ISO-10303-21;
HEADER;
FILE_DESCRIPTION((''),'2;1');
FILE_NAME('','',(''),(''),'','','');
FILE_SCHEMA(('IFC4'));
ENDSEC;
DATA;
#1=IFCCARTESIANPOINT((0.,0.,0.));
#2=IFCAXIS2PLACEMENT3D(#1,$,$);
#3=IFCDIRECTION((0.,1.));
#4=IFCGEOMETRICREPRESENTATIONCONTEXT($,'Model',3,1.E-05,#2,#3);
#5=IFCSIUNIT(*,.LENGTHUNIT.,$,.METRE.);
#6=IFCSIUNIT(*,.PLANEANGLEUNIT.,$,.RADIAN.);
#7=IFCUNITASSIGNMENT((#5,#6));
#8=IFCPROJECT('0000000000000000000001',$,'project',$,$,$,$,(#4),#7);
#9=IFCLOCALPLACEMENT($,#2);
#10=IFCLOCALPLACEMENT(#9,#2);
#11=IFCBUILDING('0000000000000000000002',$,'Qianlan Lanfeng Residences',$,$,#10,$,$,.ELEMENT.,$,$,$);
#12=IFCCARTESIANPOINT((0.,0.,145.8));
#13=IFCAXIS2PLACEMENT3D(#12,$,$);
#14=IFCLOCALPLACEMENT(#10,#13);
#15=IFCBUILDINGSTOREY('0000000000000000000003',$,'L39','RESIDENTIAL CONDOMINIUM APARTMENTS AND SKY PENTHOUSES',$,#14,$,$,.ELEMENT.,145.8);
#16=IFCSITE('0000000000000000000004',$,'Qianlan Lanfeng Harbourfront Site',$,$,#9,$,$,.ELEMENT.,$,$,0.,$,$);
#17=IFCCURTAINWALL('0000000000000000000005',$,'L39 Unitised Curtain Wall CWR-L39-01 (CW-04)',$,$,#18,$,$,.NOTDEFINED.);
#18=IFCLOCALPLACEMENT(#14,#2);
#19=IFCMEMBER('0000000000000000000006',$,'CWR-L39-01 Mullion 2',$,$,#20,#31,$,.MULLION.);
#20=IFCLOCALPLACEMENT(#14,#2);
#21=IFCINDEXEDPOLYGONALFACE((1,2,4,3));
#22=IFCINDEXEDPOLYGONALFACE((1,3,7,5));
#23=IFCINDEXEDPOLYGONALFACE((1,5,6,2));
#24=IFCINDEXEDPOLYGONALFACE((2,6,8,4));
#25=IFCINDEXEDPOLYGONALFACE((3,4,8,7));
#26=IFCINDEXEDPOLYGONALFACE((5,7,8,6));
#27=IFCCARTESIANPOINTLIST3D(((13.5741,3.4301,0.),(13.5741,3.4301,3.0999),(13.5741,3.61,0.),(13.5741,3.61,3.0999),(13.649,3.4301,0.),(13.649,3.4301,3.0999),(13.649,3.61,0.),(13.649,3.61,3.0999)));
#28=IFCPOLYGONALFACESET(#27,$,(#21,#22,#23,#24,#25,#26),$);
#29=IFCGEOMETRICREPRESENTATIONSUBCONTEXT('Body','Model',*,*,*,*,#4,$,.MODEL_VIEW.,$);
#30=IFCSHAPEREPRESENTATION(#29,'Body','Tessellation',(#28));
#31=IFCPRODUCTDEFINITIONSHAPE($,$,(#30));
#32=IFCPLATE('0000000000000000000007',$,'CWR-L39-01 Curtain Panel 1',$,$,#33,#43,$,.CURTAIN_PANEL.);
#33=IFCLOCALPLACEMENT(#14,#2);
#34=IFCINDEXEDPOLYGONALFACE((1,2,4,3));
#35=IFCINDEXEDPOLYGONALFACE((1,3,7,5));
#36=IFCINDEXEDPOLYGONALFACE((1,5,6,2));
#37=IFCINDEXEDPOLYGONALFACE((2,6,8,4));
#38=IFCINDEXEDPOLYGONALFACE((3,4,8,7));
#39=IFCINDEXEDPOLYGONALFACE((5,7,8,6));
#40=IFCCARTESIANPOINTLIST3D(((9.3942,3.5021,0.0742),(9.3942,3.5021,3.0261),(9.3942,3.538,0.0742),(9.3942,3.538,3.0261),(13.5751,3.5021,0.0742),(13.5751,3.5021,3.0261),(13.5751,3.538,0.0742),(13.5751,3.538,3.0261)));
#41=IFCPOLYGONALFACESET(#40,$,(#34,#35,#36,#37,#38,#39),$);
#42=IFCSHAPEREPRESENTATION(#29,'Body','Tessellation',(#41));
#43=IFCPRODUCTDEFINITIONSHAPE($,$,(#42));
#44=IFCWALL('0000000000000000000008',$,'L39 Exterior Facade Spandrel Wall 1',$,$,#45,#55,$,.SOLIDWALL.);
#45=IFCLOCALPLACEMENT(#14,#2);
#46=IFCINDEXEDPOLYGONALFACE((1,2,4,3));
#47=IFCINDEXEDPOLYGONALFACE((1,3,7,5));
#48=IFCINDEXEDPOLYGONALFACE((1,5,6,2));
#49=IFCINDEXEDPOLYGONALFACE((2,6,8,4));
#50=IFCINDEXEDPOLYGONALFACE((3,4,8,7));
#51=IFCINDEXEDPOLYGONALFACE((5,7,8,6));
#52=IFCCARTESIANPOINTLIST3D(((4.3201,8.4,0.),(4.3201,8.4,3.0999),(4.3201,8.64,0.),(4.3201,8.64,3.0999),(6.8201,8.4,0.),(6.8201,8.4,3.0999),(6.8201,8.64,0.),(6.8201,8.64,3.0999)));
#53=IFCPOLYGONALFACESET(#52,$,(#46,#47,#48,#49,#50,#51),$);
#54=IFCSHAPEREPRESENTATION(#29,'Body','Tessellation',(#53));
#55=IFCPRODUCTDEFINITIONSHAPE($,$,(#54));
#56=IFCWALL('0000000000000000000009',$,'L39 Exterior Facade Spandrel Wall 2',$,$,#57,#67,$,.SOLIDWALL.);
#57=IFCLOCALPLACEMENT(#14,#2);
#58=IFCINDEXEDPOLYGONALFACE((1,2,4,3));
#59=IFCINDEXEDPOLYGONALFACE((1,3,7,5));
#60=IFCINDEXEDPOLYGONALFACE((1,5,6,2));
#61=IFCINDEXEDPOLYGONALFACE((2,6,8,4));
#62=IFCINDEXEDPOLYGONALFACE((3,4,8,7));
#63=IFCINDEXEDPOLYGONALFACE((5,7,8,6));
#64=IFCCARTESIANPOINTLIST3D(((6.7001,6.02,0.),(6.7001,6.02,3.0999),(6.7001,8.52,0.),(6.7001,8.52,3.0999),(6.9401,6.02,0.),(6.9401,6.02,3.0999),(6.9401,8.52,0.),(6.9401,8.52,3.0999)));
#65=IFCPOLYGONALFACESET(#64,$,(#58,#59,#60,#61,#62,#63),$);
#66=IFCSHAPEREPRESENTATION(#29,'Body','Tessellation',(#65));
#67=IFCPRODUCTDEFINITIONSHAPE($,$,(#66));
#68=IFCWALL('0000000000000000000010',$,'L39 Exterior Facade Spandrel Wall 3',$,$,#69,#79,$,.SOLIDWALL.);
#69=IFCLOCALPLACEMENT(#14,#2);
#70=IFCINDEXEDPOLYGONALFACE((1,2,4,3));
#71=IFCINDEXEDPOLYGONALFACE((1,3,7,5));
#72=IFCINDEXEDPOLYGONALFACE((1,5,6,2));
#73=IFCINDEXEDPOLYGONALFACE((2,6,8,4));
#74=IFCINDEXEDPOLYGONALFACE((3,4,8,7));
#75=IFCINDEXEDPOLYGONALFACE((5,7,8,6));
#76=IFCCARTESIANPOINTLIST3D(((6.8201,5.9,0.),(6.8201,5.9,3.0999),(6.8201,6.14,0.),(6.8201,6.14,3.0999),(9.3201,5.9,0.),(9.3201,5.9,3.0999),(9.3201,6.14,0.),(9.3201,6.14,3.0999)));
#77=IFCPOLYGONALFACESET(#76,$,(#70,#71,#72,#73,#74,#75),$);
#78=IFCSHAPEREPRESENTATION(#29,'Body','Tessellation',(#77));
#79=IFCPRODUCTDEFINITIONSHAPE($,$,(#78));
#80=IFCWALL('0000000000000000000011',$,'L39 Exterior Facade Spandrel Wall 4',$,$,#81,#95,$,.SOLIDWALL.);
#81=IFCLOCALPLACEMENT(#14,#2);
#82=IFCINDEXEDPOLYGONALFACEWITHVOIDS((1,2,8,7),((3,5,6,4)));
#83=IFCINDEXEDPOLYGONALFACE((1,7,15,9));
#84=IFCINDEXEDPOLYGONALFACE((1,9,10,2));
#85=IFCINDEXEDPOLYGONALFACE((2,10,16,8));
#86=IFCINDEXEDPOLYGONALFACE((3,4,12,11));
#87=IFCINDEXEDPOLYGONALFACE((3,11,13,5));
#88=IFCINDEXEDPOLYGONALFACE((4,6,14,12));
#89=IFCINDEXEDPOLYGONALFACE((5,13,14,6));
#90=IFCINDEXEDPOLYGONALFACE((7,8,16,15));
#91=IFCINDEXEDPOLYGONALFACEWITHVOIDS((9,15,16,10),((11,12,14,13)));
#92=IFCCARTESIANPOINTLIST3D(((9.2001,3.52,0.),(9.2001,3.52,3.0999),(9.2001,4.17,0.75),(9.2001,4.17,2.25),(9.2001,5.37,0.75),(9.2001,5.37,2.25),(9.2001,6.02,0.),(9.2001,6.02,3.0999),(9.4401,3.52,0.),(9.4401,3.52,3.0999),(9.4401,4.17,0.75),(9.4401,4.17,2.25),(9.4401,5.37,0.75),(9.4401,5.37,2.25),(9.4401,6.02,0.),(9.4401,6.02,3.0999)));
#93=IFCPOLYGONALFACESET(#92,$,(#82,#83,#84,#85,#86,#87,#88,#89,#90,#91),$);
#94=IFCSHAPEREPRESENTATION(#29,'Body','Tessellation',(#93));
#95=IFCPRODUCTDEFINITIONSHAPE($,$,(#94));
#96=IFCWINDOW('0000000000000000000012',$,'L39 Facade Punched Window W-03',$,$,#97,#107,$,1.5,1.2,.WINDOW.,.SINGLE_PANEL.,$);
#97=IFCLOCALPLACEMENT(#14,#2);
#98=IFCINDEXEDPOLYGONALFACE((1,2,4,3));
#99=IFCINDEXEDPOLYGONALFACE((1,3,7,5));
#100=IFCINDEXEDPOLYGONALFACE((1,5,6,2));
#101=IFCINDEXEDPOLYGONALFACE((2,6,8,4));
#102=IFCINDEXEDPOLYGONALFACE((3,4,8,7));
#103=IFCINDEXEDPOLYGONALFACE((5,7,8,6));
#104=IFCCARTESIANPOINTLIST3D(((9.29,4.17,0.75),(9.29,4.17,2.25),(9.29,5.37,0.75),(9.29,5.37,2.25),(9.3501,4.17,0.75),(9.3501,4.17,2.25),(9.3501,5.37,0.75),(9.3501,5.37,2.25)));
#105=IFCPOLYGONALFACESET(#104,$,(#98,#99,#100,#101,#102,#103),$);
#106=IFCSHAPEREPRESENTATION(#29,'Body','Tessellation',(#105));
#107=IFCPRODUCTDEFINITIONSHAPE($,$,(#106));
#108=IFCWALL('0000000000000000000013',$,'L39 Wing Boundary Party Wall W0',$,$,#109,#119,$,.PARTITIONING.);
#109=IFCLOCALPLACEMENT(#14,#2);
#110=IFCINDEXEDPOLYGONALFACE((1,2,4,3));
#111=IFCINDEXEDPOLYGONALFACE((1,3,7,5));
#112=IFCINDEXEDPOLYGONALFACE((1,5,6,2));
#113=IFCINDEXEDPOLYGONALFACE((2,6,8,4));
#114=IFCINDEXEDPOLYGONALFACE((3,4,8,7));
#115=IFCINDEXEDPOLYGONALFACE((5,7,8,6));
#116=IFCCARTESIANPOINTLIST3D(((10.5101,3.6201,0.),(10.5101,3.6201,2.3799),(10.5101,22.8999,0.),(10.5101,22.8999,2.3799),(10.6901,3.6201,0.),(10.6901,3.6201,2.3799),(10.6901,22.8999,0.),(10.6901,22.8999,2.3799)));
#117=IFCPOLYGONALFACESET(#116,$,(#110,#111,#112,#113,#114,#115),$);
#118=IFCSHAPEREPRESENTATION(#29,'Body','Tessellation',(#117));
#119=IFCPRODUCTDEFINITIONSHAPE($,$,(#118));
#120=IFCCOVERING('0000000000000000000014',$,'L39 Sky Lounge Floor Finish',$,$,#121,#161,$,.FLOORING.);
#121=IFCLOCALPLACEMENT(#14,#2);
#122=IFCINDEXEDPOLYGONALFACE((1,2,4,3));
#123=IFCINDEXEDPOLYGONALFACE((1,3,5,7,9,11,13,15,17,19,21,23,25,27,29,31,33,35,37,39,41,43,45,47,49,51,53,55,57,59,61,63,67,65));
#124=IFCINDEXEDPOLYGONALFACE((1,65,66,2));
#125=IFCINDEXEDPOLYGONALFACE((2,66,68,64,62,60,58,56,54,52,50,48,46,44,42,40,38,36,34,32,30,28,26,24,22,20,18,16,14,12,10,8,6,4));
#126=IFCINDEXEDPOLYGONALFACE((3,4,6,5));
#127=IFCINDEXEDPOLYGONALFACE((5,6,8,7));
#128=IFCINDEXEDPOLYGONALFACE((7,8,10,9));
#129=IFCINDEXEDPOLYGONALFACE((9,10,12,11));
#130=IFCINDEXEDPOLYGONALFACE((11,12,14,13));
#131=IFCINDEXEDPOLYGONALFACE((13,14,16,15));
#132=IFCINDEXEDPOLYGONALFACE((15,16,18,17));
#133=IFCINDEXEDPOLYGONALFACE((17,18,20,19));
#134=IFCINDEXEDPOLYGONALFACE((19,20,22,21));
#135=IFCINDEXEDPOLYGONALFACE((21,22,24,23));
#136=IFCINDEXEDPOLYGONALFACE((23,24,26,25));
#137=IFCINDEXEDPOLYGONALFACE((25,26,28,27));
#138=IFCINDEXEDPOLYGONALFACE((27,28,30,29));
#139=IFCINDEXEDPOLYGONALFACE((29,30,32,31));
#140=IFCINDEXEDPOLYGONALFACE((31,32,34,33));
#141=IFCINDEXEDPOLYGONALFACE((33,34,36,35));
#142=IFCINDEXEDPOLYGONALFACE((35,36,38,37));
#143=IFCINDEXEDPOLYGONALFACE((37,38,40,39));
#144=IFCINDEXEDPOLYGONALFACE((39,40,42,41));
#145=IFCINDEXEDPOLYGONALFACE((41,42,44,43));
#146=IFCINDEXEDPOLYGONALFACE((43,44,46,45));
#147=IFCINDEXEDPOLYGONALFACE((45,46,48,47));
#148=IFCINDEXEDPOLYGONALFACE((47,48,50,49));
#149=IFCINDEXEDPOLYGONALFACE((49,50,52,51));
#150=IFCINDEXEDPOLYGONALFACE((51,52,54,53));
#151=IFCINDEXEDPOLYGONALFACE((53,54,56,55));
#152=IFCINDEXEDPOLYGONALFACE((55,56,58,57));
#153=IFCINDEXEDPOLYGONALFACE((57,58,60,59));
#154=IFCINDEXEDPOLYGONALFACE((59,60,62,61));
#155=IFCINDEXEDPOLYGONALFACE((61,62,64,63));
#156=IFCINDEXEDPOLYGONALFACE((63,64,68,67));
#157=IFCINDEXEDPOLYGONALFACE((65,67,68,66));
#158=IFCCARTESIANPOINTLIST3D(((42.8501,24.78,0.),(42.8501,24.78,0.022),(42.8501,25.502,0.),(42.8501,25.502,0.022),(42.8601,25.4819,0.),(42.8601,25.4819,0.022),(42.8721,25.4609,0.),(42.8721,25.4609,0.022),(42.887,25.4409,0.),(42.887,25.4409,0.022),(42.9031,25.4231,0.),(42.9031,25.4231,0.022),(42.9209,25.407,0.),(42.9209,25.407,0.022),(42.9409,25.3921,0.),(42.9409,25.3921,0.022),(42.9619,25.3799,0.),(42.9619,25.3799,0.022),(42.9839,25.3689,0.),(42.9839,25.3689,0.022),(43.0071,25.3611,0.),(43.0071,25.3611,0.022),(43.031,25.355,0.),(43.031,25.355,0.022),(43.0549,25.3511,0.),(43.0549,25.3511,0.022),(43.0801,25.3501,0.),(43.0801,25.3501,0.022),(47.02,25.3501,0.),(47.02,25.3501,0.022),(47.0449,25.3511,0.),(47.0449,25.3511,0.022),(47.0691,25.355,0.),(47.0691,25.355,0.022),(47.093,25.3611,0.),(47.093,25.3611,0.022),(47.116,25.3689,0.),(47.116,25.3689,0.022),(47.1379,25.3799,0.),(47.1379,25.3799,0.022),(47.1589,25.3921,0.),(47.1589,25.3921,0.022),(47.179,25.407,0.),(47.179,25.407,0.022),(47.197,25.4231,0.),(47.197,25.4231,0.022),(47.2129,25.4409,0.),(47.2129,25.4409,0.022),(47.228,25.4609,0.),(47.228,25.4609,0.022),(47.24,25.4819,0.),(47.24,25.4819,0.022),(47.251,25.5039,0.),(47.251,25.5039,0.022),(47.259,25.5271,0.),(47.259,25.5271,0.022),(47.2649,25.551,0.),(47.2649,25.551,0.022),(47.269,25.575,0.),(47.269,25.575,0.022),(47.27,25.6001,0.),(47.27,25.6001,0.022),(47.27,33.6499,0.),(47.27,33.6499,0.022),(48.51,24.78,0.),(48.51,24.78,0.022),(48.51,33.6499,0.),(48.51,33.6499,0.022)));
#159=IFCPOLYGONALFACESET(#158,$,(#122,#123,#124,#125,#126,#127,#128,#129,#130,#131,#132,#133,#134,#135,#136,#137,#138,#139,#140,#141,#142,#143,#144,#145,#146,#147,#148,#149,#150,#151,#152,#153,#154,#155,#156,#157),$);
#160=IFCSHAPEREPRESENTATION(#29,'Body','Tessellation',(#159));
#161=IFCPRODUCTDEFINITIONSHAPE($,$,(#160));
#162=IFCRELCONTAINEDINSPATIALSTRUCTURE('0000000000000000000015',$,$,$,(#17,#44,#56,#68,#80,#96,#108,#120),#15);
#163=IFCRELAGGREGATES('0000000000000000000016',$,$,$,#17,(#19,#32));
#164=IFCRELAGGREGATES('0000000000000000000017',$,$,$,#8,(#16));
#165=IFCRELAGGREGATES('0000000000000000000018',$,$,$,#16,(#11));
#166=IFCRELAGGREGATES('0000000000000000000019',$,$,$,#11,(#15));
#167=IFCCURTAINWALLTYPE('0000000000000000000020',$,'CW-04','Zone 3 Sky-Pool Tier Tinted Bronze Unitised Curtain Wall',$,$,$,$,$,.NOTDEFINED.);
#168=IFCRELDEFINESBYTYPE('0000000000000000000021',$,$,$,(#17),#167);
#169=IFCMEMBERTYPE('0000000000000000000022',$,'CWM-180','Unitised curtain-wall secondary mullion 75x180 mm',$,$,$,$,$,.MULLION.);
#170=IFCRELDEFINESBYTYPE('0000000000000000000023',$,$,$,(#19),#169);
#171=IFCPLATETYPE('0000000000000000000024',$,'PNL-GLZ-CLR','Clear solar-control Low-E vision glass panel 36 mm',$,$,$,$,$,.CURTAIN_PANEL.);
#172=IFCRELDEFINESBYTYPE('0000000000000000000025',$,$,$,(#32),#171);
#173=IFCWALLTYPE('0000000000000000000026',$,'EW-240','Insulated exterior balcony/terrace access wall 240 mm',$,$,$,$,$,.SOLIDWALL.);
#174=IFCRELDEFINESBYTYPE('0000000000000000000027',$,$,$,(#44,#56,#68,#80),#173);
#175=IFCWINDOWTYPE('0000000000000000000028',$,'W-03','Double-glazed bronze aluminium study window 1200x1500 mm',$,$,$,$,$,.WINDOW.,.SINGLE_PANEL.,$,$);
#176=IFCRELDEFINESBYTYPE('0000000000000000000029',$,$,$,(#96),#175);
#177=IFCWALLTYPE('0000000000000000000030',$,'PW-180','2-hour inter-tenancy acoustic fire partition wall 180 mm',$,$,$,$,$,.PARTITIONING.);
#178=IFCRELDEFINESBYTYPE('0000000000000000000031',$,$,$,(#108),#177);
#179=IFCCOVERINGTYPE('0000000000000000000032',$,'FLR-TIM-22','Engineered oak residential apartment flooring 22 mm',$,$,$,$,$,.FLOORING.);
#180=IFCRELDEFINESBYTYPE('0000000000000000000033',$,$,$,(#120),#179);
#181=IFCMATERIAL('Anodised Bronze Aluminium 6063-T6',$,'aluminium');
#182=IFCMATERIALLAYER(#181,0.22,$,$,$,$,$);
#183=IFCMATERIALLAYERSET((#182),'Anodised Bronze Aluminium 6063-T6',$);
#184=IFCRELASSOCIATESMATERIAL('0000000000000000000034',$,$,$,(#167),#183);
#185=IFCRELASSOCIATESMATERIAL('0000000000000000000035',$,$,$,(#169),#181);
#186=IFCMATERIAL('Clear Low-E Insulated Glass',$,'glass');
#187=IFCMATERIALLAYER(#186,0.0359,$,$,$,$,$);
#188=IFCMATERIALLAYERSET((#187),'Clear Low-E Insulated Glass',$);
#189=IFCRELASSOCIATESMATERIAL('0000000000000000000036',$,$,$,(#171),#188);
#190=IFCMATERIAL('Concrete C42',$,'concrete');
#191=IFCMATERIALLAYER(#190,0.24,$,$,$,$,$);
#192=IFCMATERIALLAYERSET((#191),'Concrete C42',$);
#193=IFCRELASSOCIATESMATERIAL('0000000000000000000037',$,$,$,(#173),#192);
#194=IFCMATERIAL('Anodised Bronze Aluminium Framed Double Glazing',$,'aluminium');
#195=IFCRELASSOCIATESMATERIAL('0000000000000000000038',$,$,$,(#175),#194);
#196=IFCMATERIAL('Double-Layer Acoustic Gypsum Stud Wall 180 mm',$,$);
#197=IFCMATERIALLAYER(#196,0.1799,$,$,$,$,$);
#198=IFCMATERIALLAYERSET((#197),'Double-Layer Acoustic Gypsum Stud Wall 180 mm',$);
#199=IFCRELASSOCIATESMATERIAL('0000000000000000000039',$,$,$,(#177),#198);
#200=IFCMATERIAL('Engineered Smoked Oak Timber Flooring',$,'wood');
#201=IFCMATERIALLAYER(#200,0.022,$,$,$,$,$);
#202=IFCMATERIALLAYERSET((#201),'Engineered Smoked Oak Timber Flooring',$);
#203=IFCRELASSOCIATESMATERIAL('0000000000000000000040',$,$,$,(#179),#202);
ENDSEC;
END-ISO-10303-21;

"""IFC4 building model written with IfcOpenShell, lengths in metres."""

from ifc_helpers import new_model, si_unit, direction, frame, frame_2d, origin, origin_2d, place, context, subcontext, project, spatial, polyline, rectangle, outline, extrude, source, transform, mapped, material, layer, layer_set, material_profile, profile_set, type_object, element, fill, aggregate, save


model = new_model("IFC4")

# Units and contexts
model_context = context("Model", 3, precision=1e-05, world=origin(), true_north=direction((0.0, 1.0)))
body_context = subcontext(model_context, "Body", "Model", "MODEL_VIEW")
ifc_project = project(units=[si_unit("LENGTHUNIT", "METRE"), si_unit("PLANEANGLEUNIT", "RADIAN")], contexts=[model_context])

# Site, building, storey
site_placement = place(None, origin())
site = spatial("IfcSite", under=ifc_project, at=site_placement, Name="Qianlan Lanfeng Harbourfront Site", CompositionType="ELEMENT", RefElevation=0.0)
building_placement = place(site_placement, origin())
building = spatial("IfcBuilding", under=site, at=building_placement, Name="Qianlan Lanfeng Residences", CompositionType="ELEMENT")
storey_placement = place(building_placement, frame((0.0, 0.0, 145.8)))
storey = spatial("IfcBuildingStorey", under=building, at=storey_placement, Name="L39", Description="RESIDENTIAL CONDOMINIUM APARTMENTS AND SKY PENTHOUSES", CompositionType="ELEMENT", Elevation=145.8)

# Curtain wall, member, plate
ifc_material_1 = material(Name="Anodised Bronze Aluminium 6063-T6", Category="aluminium")
ifc_layer_1 = layer(ifc_material_1, 0.22)
ifc_layer_set_1 = layer_set([ifc_layer_1], Name="Anodised Bronze Aluminium 6063-T6")
curtain_wall_type = type_object("IfcCurtainWallType", Name="CW-04", Description="Zone 3 Sky-Pool Tier Tinted Bronze Unitised Curtain Wall", PredefinedType="NOTDEFINED", material=ifc_layer_set_1)
curtain_wall_placement = place(storey_placement, origin())
curtain_wall = element("IfcCurtainWall", 1, at=curtain_wall_placement, inside=storey, type_object=curtain_wall_type, Name="L39 Unitised Curtain Wall CWR-L39-01 (CW-04)", PredefinedType="NOTDEFINED")
ifc_material_profile_1 = material_profile(ifc_material_1, rectangle(XDim=0.075, YDim=0.1799, at=origin_2d()), Name="ALU MULLION 75x180")
ifc_profile_set_1 = profile_set([ifc_material_profile_1], Name="Anodised Bronze Aluminium 6063-T6")
member_type_1 = type_object("IfcMemberType", Name="CWM-180", Description="Unitised curtain-wall secondary mullion 75x180 mm", PredefinedType="MULLION", material=ifc_profile_set_1)
shared_shape_1 = source(origin(), body_context, "Body", "SweptSolid", [
    extrude(rectangle(XDim=0.075, YDim=0.1799, at=origin_2d()), origin(), (0.0, 0.0, 1.0), 3.0999),
])
member_1_placement = place(storey_placement, frame((13.6116, 3.52, 0.0), z_axis=(0.0, 0.0, 1.0), x_axis=(1.0, 0.0, 0.0)))
member_1 = element("IfcMember", 2, at=member_1_placement, type_object=member_type_1, Name="CWR-L39-01 Mullion 2", PredefinedType="MULLION", context=body_context, shape_type="MappedRepresentation", body=[
    mapped(shared_shape_1, transform((0.0, 0.0, 0.0), scale=1.0)),
])
ifc_material_2 = material(Name="Clear Low-E Insulated Glass", Category="glass")
ifc_layer_2 = layer(ifc_material_2, 0.0359)
ifc_layer_set_2 = layer_set([ifc_layer_2], Name="Clear Low-E Insulated Glass")
plate_type = type_object("IfcPlateType", Name="PNL-GLZ-CLR", Description="Clear solar-control Low-E vision glass panel 36 mm", PredefinedType="CURTAIN_PANEL", material=ifc_layer_set_2)
shared_shape_2 = source(origin(), body_context, "Body", "SweptSolid", [
    extrude(rectangle(XDim=4.1809, YDim=0.0359, at=origin_2d()), origin(), (0.0, 0.0, 1.0), 2.9519),
])
plate_placement = place(storey_placement, frame((11.4846, 3.52, 0.0742), z_axis=(0.0, 0.0, 1.0), x_axis=(1.0, 0.0, 0.0)))
plate = element("IfcPlate", 3, at=plate_placement, type_object=plate_type, Name="CWR-L39-01 Curtain Panel 1", PredefinedType="CURTAIN_PANEL", context=body_context, shape_type="MappedRepresentation", body=[
    mapped(shared_shape_2, transform((0.0, 0.0, 0.0), scale=1.0)),
])
aggregate(curtain_wall, [member_1, plate])

# Walls
ifc_material_3 = material(Name="Concrete C42", Category="concrete")
ifc_layer_3 = layer(ifc_material_3, 0.24)
ifc_layer_set_3 = layer_set([ifc_layer_3], Name="Concrete C42")
wall_type_1 = type_object("IfcWallType", Name="EW-240", Description="Insulated exterior balcony/terrace access wall 240 mm", PredefinedType="SOLIDWALL", material=ifc_layer_set_3)
for number, where, z_axis, x_axis, name in (
    (4, (4.3201, 8.52, 0.0), (0.0, 0.0, 1.0), (1.0, 0.0, 0.0), "L39 Exterior Facade Spandrel Wall 1"),
    (5, (6.8201, 8.52, 0.0), (0.0, 0.0, 1.0), (0.0, -1.0, 0.0), "L39 Exterior Facade Spandrel Wall 2"),
    (6, (6.8201, 6.02, 0.0), (0.0, 0.0, 1.0), (1.0, 0.0, 0.0), "L39 Exterior Facade Spandrel Wall 3"),
):
    element("IfcWall", number, at=place(storey_placement, frame(where, z_axis=z_axis, x_axis=x_axis)), inside=storey, type_object=wall_type_1, Name=name, PredefinedType="SOLIDWALL", context=body_context, shape_type="SweptSolid", body=[
        extrude(rectangle(XDim=2.5, YDim=0.24, at=frame_2d((1.25, 0.0))), origin(), (0.0, 0.0, 1.0), 3.0999),
    ])

# Wall, opening, window
wall_1_placement = place(storey_placement, frame((9.3201, 6.02, 0.0), z_axis=(0.0, 0.0, 1.0), x_axis=(0.0, -1.0, 0.0)))
wall_1 = element("IfcWall", 7, at=wall_1_placement, inside=storey, type_object=wall_type_1, Name="L39 Exterior Facade Spandrel Wall 4", PredefinedType="SOLIDWALL", context=body_context, shape_type="SweptSolid", body=[
    extrude(rectangle(XDim=2.5, YDim=0.24, at=frame_2d((1.25, 0.0))), origin(), (0.0, 0.0, 1.0), 3.0999),
])
opening_placement = place(wall_1_placement, frame((0.6499, 0.0, 0.75)))
opening = element("IfcOpeningElement", 8, at=opening_placement, cuts=wall_1, PredefinedType="OPENING", context=body_context, shape_type="SweptSolid", body=[
    extrude(rectangle(XDim=1.2, YDim=1.5, at=frame_2d((0.6001, 0.75))), frame((0.0, 0.1299, 0.0), z_axis=(0.0, -1.0, 0.0), x_axis=(1.0, 0.0, 0.0)), (0.0, 0.0, 1.0), 0.26),
])
ifc_material_4 = material(Name="Anodised Bronze Aluminium Framed Double Glazing", Category="aluminium")
window_type = type_object("IfcWindowType", Name="W-03", Description="Double-glazed bronze aluminium study window 1200x1500 mm", PartitioningType="SINGLE_PANEL", PredefinedType="WINDOW", material=ifc_material_4)
window_placement = place(opening_placement, origin())
window = element("IfcWindow", 9, at=window_placement, inside=storey, type_object=window_type, Name="L39 Facade Punched Window W-03", OverallHeight=1.5, OverallWidth=1.2, PartitioningType="SINGLE_PANEL", PredefinedType="WINDOW", context=body_context, shape_type="SweptSolid", body=[
    extrude(rectangle(XDim=1.2, YDim=1.5, at=frame_2d((0.6001, 0.75))), frame((0.0, 0.03, 0.0), z_axis=(0.0, -1.0, 0.0), x_axis=(1.0, 0.0, 0.0)), (0.0, 0.0, 1.0), 0.0601),
])
fill(opening, window)

# Wall
ifc_material_5 = material(Name="Double-Layer Acoustic Gypsum Stud Wall 180 mm")
ifc_layer_4 = layer(ifc_material_5, 0.1799)
ifc_layer_set_4 = layer_set([ifc_layer_4], Name="Double-Layer Acoustic Gypsum Stud Wall 180 mm")
wall_type_2 = type_object("IfcWallType", Name="PW-180", Description="2-hour inter-tenancy acoustic fire partition wall 180 mm", PredefinedType="PARTITIONING", material=ifc_layer_set_4)
wall_2_placement = place(storey_placement, frame((10.6001, 3.6201, 0.0), z_axis=(0.0, 0.0, 1.0), x_axis=(0.0, 1.0, 0.0)))
element("IfcWall", 10, at=wall_2_placement, inside=storey, type_object=wall_type_2, Name="L39 Wing Boundary Party Wall W0", PredefinedType="PARTITIONING", context=body_context, shape_type="SweptSolid", body=[
    extrude(rectangle(XDim=19.2798, YDim=0.1799, at=frame_2d((9.6399, 0.0))), origin(), (0.0, 0.0, 1.0), 2.3799),
])

# Covering
ifc_material_6 = material(Name="Engineered Smoked Oak Timber Flooring", Category="wood")
ifc_layer_5 = layer(ifc_material_6, 0.022)
ifc_layer_set_5 = layer_set([ifc_layer_5], Name="Engineered Smoked Oak Timber Flooring")
covering_type = type_object("IfcCoveringType", Name="FLR-TIM-22", Description="Engineered oak residential apartment flooring 22 mm", PredefinedType="FLOORING", material=ifc_layer_set_5)
covering_1_placement = place(storey_placement, origin())
element("IfcCovering", 11, at=covering_1_placement, inside=storey, type_object=covering_type, Name="L39 Sky Lounge Floor Finish", PredefinedType="FLOORING", context=body_context, shape_type="SweptSolid", body=[
    extrude(outline(polyline([(48.51, 33.6499), (47.27, 33.6499), (47.27, 25.6001), (47.269, 25.575), (47.2649, 25.551), (47.259, 25.5271), (47.251, 25.5039), (47.24, 25.4819), (47.228, 25.4609), (47.2129, 25.4409), (47.197, 25.4231), (47.179, 25.407), (47.1589, 25.3921), (47.1379, 25.3799), (47.116, 25.3689), (47.093, 25.3611), (47.0691, 25.355), (47.0449, 25.3511), (47.02, 25.3501), (43.0801, 25.3501), (43.0549, 25.3511), (43.031, 25.355), (43.0071, 25.3611), (42.9839, 25.3689), (42.9619, 25.3799), (42.9409, 25.3921), (42.9209, 25.407), (42.9031, 25.4231), (42.887, 25.4409), (42.8721, 25.4609), (42.8601, 25.4819), (42.8501, 25.502), (42.8501, 24.78), (48.51, 24.78), (48.51, 33.6499)])), origin(), (0.0, 0.0, 1.0), 0.022),
])

save(model, "model.ifc")
